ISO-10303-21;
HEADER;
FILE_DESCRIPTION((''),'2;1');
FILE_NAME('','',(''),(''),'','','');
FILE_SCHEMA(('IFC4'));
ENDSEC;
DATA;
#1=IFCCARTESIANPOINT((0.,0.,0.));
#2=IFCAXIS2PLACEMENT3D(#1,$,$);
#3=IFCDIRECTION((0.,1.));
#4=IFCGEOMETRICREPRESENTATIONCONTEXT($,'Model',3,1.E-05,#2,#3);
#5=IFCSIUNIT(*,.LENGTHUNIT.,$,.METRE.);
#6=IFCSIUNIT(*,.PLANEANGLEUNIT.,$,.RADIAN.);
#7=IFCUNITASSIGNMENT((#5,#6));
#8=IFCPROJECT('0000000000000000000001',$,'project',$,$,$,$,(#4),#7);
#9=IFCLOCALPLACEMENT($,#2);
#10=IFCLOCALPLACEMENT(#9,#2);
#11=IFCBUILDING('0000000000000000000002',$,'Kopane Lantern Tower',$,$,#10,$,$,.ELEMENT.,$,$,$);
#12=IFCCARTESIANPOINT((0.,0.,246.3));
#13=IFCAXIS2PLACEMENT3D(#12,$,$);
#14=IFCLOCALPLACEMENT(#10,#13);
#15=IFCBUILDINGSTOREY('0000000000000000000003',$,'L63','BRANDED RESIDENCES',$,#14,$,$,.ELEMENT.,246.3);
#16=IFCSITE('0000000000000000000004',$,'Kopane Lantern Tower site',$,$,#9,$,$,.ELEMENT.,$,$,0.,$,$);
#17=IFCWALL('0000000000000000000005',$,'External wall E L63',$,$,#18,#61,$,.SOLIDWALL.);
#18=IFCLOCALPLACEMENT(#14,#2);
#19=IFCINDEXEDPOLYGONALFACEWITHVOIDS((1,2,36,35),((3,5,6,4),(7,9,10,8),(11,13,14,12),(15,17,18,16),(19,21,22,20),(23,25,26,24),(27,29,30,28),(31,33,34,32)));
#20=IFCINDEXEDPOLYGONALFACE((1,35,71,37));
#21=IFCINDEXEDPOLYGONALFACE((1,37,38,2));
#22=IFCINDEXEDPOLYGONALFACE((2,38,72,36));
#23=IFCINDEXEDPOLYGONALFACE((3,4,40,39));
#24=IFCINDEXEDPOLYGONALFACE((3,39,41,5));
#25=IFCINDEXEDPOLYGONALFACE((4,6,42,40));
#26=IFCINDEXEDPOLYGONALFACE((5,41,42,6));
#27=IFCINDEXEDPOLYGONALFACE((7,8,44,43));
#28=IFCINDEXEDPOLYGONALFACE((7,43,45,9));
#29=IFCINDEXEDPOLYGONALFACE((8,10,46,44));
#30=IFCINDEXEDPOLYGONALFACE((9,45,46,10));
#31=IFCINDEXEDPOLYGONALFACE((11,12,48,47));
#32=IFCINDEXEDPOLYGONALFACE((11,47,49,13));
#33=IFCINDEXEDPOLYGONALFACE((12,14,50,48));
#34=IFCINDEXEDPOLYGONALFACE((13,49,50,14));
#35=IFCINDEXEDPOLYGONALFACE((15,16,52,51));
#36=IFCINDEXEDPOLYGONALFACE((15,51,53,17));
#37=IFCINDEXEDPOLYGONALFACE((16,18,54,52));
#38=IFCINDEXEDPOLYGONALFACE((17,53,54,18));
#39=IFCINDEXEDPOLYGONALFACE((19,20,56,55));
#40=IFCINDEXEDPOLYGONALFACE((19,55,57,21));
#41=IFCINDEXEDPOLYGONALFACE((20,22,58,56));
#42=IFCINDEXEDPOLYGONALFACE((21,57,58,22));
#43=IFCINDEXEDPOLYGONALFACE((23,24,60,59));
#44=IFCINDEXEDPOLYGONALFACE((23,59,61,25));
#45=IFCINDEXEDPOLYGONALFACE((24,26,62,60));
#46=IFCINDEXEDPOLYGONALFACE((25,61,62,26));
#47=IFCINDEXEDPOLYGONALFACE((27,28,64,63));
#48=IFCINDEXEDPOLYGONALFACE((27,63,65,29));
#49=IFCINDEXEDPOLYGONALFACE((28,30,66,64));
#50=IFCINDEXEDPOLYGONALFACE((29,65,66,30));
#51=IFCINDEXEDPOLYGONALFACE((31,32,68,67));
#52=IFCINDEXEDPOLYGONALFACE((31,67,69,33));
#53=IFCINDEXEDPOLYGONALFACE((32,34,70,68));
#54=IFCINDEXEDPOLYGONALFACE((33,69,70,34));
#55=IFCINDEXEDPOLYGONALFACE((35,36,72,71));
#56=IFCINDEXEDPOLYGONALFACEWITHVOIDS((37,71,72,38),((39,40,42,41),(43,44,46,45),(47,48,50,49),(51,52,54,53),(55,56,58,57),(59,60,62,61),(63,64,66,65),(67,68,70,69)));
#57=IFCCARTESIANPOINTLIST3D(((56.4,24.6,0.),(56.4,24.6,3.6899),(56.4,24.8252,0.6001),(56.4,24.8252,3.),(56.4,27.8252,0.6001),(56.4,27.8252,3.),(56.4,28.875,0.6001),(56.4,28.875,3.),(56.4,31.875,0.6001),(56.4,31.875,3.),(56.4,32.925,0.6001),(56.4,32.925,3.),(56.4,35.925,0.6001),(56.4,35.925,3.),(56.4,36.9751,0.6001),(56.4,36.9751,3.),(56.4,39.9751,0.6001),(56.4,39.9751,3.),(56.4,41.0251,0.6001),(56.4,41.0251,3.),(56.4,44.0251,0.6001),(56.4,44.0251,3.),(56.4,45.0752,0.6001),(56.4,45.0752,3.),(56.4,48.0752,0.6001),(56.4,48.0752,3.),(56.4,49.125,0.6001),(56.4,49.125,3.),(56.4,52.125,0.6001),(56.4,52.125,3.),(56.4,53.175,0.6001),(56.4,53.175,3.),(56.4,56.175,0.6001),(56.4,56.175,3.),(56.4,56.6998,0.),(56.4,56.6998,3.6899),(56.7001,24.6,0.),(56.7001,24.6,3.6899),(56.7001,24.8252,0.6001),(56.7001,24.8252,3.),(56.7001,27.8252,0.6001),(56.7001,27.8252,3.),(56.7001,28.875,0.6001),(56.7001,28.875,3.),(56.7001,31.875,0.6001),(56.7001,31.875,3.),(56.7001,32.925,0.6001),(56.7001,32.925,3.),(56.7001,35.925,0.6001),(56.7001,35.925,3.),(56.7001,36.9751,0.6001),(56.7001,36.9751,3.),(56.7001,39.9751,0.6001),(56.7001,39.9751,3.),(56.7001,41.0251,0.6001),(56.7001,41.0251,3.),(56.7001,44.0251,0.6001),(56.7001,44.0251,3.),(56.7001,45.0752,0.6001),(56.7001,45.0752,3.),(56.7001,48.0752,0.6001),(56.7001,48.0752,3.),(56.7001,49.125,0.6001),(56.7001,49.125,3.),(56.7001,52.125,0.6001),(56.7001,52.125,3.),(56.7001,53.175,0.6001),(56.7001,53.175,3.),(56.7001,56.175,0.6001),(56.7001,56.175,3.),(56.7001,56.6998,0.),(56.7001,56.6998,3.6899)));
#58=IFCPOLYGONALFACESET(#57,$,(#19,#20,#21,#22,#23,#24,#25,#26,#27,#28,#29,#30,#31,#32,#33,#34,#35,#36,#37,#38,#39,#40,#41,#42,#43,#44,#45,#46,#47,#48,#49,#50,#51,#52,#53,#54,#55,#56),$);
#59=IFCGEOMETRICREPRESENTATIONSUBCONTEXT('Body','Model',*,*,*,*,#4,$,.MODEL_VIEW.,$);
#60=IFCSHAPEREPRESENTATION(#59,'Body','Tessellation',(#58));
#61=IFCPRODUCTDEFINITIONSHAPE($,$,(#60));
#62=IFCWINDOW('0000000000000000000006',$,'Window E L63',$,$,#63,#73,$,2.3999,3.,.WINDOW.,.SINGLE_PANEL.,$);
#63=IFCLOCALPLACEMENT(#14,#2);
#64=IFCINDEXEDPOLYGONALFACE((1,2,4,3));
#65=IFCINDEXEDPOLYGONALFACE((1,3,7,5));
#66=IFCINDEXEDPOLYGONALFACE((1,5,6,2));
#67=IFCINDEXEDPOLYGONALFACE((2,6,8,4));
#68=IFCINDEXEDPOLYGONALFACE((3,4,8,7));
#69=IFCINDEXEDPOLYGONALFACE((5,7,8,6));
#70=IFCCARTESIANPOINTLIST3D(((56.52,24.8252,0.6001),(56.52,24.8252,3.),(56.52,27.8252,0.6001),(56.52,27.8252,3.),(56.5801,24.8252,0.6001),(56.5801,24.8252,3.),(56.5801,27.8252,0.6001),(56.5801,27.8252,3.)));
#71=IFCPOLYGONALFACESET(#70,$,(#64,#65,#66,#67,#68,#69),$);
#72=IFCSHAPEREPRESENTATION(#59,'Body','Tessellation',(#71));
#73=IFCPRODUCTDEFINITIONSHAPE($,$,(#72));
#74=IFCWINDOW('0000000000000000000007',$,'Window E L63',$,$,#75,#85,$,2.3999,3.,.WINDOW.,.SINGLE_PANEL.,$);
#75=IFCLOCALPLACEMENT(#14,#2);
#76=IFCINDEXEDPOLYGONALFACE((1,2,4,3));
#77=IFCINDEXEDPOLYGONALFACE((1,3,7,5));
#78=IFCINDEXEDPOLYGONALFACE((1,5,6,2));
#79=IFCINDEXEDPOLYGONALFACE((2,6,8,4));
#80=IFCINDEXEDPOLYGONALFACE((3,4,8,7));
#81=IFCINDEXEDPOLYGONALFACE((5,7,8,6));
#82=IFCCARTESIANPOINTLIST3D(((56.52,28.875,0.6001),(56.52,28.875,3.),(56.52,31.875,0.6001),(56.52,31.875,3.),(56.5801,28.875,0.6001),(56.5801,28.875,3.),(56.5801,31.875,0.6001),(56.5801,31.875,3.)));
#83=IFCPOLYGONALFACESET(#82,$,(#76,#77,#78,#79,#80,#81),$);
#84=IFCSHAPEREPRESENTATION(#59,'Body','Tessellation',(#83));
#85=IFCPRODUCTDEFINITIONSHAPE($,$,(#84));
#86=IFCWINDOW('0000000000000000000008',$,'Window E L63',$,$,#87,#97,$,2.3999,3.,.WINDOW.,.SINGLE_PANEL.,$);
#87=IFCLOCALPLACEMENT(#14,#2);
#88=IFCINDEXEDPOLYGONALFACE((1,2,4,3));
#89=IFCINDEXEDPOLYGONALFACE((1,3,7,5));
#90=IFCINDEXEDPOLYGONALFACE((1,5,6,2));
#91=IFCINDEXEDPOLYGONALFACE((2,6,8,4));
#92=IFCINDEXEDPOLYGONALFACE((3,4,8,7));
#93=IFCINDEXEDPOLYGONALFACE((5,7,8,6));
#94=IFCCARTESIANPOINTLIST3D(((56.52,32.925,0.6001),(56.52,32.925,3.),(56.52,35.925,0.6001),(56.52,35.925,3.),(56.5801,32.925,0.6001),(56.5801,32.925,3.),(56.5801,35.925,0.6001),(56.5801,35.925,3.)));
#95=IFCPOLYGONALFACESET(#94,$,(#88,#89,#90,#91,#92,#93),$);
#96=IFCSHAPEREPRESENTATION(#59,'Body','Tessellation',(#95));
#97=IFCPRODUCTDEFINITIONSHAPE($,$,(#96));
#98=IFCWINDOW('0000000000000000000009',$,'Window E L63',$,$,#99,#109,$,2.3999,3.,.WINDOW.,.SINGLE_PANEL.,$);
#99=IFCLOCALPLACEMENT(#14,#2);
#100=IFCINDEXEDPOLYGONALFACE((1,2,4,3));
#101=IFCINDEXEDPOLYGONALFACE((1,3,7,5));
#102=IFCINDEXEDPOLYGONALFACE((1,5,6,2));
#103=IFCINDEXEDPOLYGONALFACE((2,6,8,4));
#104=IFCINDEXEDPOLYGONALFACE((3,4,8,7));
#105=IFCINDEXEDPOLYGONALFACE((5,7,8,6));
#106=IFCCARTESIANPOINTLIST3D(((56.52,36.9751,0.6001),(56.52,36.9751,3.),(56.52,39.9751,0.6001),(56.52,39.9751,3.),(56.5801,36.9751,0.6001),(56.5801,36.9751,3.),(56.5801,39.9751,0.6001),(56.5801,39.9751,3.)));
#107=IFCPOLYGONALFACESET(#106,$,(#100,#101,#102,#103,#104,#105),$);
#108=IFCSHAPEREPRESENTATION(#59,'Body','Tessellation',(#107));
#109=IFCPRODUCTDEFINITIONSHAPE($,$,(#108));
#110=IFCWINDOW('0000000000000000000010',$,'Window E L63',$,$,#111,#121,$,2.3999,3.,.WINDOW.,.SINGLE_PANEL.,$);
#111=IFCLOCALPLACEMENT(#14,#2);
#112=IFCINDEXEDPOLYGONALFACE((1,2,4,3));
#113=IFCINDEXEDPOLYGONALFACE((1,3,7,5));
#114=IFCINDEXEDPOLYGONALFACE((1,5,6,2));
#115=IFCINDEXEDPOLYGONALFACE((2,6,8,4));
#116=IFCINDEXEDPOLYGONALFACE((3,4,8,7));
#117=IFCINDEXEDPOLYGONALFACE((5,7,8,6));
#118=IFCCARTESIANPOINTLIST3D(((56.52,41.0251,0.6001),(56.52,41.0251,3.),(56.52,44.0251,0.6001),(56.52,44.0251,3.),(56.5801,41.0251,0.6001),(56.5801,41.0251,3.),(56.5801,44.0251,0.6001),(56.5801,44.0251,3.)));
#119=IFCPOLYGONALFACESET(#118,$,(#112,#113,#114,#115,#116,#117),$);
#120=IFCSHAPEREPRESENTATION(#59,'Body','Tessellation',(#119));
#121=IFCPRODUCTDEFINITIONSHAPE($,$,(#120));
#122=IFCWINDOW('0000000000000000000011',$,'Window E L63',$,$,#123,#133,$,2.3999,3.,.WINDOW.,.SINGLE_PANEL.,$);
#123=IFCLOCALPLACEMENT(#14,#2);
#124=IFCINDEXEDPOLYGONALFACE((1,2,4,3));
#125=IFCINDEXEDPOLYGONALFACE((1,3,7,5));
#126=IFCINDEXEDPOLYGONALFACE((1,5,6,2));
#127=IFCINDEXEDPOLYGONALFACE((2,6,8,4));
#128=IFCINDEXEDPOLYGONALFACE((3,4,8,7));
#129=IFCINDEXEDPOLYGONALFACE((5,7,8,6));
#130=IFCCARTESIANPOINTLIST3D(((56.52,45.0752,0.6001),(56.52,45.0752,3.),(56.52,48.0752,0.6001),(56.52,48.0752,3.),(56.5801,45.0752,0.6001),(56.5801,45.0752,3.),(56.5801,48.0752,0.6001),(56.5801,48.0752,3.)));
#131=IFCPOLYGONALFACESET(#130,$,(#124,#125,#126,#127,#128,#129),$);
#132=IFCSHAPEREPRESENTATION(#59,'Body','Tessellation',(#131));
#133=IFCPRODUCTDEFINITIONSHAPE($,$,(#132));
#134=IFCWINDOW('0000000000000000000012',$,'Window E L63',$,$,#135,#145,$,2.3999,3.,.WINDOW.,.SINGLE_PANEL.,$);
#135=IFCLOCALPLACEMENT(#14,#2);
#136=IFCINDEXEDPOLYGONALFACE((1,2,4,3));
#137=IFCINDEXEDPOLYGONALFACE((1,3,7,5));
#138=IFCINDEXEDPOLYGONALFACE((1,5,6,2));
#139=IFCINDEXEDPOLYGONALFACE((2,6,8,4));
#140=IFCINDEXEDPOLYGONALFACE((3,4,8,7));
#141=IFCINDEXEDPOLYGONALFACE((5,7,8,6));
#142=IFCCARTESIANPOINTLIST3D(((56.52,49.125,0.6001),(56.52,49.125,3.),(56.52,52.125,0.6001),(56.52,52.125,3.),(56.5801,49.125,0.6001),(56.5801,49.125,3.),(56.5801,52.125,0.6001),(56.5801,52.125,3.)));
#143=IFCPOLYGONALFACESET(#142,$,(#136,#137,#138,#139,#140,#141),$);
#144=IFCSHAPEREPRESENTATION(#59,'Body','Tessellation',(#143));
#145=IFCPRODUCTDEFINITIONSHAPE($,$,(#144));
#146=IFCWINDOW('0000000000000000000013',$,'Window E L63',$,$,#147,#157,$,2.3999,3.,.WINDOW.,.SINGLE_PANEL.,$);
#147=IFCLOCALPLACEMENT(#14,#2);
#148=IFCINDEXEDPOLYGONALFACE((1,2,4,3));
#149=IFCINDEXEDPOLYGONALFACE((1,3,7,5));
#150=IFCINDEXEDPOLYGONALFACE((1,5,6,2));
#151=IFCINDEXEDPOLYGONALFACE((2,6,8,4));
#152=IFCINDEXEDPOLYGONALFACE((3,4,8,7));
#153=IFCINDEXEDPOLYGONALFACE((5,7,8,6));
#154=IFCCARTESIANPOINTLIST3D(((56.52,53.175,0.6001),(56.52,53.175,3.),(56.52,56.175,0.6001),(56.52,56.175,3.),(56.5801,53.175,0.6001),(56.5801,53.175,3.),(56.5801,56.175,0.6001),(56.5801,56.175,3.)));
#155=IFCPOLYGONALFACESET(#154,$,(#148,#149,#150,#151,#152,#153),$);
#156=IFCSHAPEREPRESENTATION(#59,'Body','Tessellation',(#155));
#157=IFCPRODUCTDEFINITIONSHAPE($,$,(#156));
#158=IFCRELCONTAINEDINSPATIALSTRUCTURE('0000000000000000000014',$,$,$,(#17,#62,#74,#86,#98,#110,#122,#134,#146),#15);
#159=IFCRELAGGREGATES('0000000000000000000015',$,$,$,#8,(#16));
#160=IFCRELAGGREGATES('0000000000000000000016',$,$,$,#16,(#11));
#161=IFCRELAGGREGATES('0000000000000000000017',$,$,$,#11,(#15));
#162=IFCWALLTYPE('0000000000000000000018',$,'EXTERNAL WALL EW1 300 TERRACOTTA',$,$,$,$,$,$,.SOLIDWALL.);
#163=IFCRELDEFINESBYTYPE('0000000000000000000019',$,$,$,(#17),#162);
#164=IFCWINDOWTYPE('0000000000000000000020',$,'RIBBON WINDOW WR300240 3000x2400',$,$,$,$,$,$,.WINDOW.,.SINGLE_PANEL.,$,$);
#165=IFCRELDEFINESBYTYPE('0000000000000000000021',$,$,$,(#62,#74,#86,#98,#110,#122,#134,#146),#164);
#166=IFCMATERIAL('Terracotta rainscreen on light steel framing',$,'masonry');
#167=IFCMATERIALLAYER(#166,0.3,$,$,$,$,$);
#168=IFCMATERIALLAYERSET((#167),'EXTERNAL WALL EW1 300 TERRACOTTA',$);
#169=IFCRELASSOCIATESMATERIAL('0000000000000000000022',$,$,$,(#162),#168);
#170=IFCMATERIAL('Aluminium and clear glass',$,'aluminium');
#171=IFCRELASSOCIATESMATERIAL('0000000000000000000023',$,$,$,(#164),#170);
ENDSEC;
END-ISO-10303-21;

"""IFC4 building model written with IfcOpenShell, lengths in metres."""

from ifc_helpers import new_model, si_unit, direction, frame, frame_2d, origin, place, context, subcontext, project, spatial, rectangle, extrude, material, layer, layer_set, type_object, element, fill, save


model = new_model("IFC4")

# Units and contexts
model_context = context("Model", 3, precision=1e-05, world=origin(), true_north=direction((0.0, 1.0)))
body_context = subcontext(model_context, "Body", "Model", "MODEL_VIEW")
ifc_project = project(units=[si_unit("LENGTHUNIT", "METRE"), si_unit("PLANEANGLEUNIT", "RADIAN")], contexts=[model_context])

# Site, building, storey
site_placement = place(None, origin())
site = spatial("IfcSite", under=ifc_project, at=site_placement, Name="Kopane Lantern Tower site", CompositionType="ELEMENT", RefElevation=0.0)
building_placement = place(site_placement, origin())
building = spatial("IfcBuilding", under=site, at=building_placement, Name="Kopane Lantern Tower", CompositionType="ELEMENT")
storey_placement = place(building_placement, frame((0.0, 0.0, 246.3)))
storey = spatial("IfcBuildingStorey", under=building, at=storey_placement, Name="L63", Description="BRANDED RESIDENCES", CompositionType="ELEMENT", Elevation=246.3)

# Shared definitions
ifc_material_1 = material(Name="Terracotta rainscreen on light steel framing", Category="masonry")
ifc_layer_1 = layer(ifc_material_1, 0.3)
ifc_layer_set_1 = layer_set([ifc_layer_1], Name="EXTERNAL WALL EW1 300 TERRACOTTA")
wall_type_1 = type_object("IfcWallType", Name="EXTERNAL WALL EW1 300 TERRACOTTA", PredefinedType="SOLIDWALL", material=ifc_layer_set_1)

# Wall, openings, windows
wall_1_placement = place(storey_placement, frame((56.55, 24.6001, 0.0), z_axis=(0.0, 0.0, 1.0), x_axis=(0.0, 1.0, 0.0)))
wall_1 = element("IfcWall", 1, at=wall_1_placement, inside=storey, type_object=wall_type_1, Name="External wall E L63", PredefinedType="SOLIDWALL", context=body_context, shape_type="SweptSolid", body=[
    extrude(rectangle(XDim=32.0999, YDim=0.3, at=frame_2d((16.0498, 0.0))), origin(), (0.0, 0.0, 1.0), 3.6899),
])
opening_1_placement = place(wall_1_placement, frame((0.2251, 0.0, 0.6001)))
opening_1 = element("IfcOpeningElement", 2, at=opening_1_placement, cuts=wall_1, PredefinedType="OPENING", context=body_context, shape_type="SweptSolid", body=[
    extrude(rectangle(XDim=3.0, YDim=2.3999, at=frame_2d((1.5, 1.2))), frame((0.0, 0.1599, 0.0), z_axis=(0.0, -1.0, 0.0), x_axis=(1.0, 0.0, 0.0)), (0.0, 0.0, 1.0), 0.3201),
])
opening_2_placement = place(wall_1_placement, frame((4.2749, 0.0, 0.6001)))
opening_2 = element("IfcOpeningElement", 3, at=opening_2_placement, cuts=wall_1, PredefinedType="OPENING", context=body_context, shape_type="SweptSolid", body=[
    extrude(rectangle(XDim=3.0, YDim=2.3999, at=frame_2d((1.5, 1.2))), frame((0.0, 0.1599, 0.0), z_axis=(0.0, -1.0, 0.0), x_axis=(1.0, 0.0, 0.0)), (0.0, 0.0, 1.0), 0.3201),
])
opening_3_placement = place(wall_1_placement, frame((8.325, 0.0, 0.6001)))
opening_3 = element("IfcOpeningElement", 4, at=opening_3_placement, cuts=wall_1, PredefinedType="OPENING", context=body_context, shape_type="SweptSolid", body=[
    extrude(rectangle(XDim=3.0, YDim=2.3999, at=frame_2d((1.5, 1.2))), frame((0.0, 0.1599, 0.0), z_axis=(0.0, -1.0, 0.0), x_axis=(1.0, 0.0, 0.0)), (0.0, 0.0, 1.0), 0.3201),
])
opening_4_placement = place(wall_1_placement, frame((12.375, 0.0, 0.6001)))
opening_4 = element("IfcOpeningElement", 5, at=opening_4_placement, cuts=wall_1, PredefinedType="OPENING", context=body_context, shape_type="SweptSolid", body=[
    extrude(rectangle(XDim=3.0, YDim=2.3999, at=frame_2d((1.5, 1.2))), frame((0.0, 0.1599, 0.0), z_axis=(0.0, -1.0, 0.0), x_axis=(1.0, 0.0, 0.0)), (0.0, 0.0, 1.0), 0.3201),
])
opening_5_placement = place(wall_1_placement, frame((16.425, 0.0, 0.6001)))
opening_5 = element("IfcOpeningElement", 6, at=opening_5_placement, cuts=wall_1, PredefinedType="OPENING", context=body_context, shape_type="SweptSolid", body=[
    extrude(rectangle(XDim=3.0, YDim=2.3999, at=frame_2d((1.5, 1.2))), frame((0.0, 0.1599, 0.0), z_axis=(0.0, -1.0, 0.0), x_axis=(1.0, 0.0, 0.0)), (0.0, 0.0, 1.0), 0.3201),
])
opening_6_placement = place(wall_1_placement, frame((20.4751, 0.0, 0.6001)))
opening_6 = element("IfcOpeningElement", 7, at=opening_6_placement, cuts=wall_1, PredefinedType="OPENING", context=body_context, shape_type="SweptSolid", body=[
    extrude(rectangle(XDim=3.0, YDim=2.3999, at=frame_2d((1.5, 1.2))), frame((0.0, 0.1599, 0.0), z_axis=(0.0, -1.0, 0.0), x_axis=(1.0, 0.0, 0.0)), (0.0, 0.0, 1.0), 0.3201),
])
opening_7_placement = place(wall_1_placement, frame((24.5249, 0.0, 0.6001)))
opening_7 = element("IfcOpeningElement", 8, at=opening_7_placement, cuts=wall_1, PredefinedType="OPENING", context=body_context, shape_type="SweptSolid", body=[
    extrude(rectangle(XDim=3.0, YDim=2.3999, at=frame_2d((1.5, 1.2))), frame((0.0, 0.1599, 0.0), z_axis=(0.0, -1.0, 0.0), x_axis=(1.0, 0.0, 0.0)), (0.0, 0.0, 1.0), 0.3201),
])
opening_8_placement = place(wall_1_placement, frame((28.575, 0.0, 0.6001)))
opening_8 = element("IfcOpeningElement", 9, at=opening_8_placement, cuts=wall_1, PredefinedType="OPENING", context=body_context, shape_type="SweptSolid", body=[
    extrude(rectangle(XDim=3.0, YDim=2.3999, at=frame_2d((1.5, 1.2))), frame((0.0, 0.1599, 0.0), z_axis=(0.0, -1.0, 0.0), x_axis=(1.0, 0.0, 0.0)), (0.0, 0.0, 1.0), 0.3201),
])
ifc_material_2 = material(Name="Aluminium and clear glass", Category="aluminium")
window_type_1 = type_object("IfcWindowType", Name="RIBBON WINDOW WR300240 3000x2400", PartitioningType="SINGLE_PANEL", PredefinedType="WINDOW", material=ifc_material_2)
window_1_placement = place(opening_1_placement, origin())
window_1 = element("IfcWindow", 10, at=window_1_placement, inside=storey, type_object=window_type_1, Name="Window E L63", OverallHeight=2.3999, OverallWidth=3.0, PartitioningType="SINGLE_PANEL", PredefinedType="WINDOW", context=body_context, shape_type="SweptSolid", body=[
    extrude(rectangle(XDim=3.0, YDim=2.3999, at=frame_2d((1.5, 1.2))), frame((0.0, 0.03, 0.0), z_axis=(0.0, -1.0, 0.0), x_axis=(1.0, 0.0, 0.0)), (0.0, 0.0, 1.0), 0.0601),
])
fill(opening_1, window_1)
window_2_placement = place(opening_2_placement, origin())
window_2 = element("IfcWindow", 11, at=window_2_placement, inside=storey, type_object=window_type_1, Name="Window E L63", OverallHeight=2.3999, OverallWidth=3.0, PartitioningType="SINGLE_PANEL", PredefinedType="WINDOW", context=body_context, shape_type="SweptSolid", body=[
    extrude(rectangle(XDim=3.0, YDim=2.3999, at=frame_2d((1.5, 1.2))), frame((0.0, 0.03, 0.0), z_axis=(0.0, -1.0, 0.0), x_axis=(1.0, 0.0, 0.0)), (0.0, 0.0, 1.0), 0.0601),
])
fill(opening_2, window_2)
window_3_placement = place(opening_3_placement, origin())
window_3 = element("IfcWindow", 12, at=window_3_placement, inside=storey, type_object=window_type_1, Name="Window E L63", OverallHeight=2.3999, OverallWidth=3.0, PartitioningType="SINGLE_PANEL", PredefinedType="WINDOW", context=body_context, shape_type="SweptSolid", body=[
    extrude(rectangle(XDim=3.0, YDim=2.3999, at=frame_2d((1.5, 1.2))), frame((0.0, 0.03, 0.0), z_axis=(0.0, -1.0, 0.0), x_axis=(1.0, 0.0, 0.0)), (0.0, 0.0, 1.0), 0.0601),
])
fill(opening_3, window_3)
window_4_placement = place(opening_4_placement, origin())
window_4 = element("IfcWindow", 13, at=window_4_placement, inside=storey, type_object=window_type_1, Name="Window E L63", OverallHeight=2.3999, OverallWidth=3.0, PartitioningType="SINGLE_PANEL", PredefinedType="WINDOW", context=body_context, shape_type="SweptSolid", body=[
    extrude(rectangle(XDim=3.0, YDim=2.3999, at=frame_2d((1.5, 1.2))), frame((0.0, 0.03, 0.0), z_axis=(0.0, -1.0, 0.0), x_axis=(1.0, 0.0, 0.0)), (0.0, 0.0, 1.0), 0.0601),
])
fill(opening_4, window_4)
window_5_placement = place(opening_5_placement, origin())
window_5 = element("IfcWindow", 14, at=window_5_placement, inside=storey, type_object=window_type_1, Name="Window E L63", OverallHeight=2.3999, OverallWidth=3.0, PartitioningType="SINGLE_PANEL", PredefinedType="WINDOW", context=body_context, shape_type="SweptSolid", body=[
    extrude(rectangle(XDim=3.0, YDim=2.3999, at=frame_2d((1.5, 1.2))), frame((0.0, 0.03, 0.0), z_axis=(0.0, -1.0, 0.0), x_axis=(1.0, 0.0, 0.0)), (0.0, 0.0, 1.0), 0.0601),
])
fill(opening_5, window_5)
window_6_placement = place(opening_6_placement, origin())
window_6 = element("IfcWindow", 15, at=window_6_placement, inside=storey, type_object=window_type_1, Name="Window E L63", OverallHeight=2.3999, OverallWidth=3.0, PartitioningType="SINGLE_PANEL", PredefinedType="WINDOW", context=body_context, shape_type="SweptSolid", body=[
    extrude(rectangle(XDim=3.0, YDim=2.3999, at=frame_2d((1.5, 1.2))), frame((0.0, 0.03, 0.0), z_axis=(0.0, -1.0, 0.0), x_axis=(1.0, 0.0, 0.0)), (0.0, 0.0, 1.0), 0.0601),
])
fill(opening_6, window_6)
window_7_placement = place(opening_7_placement, origin())
window_7 = element("IfcWindow", 16, at=window_7_placement, inside=storey, type_object=window_type_1, Name="Window E L63", OverallHeight=2.3999, OverallWidth=3.0, PartitioningType="SINGLE_PANEL", PredefinedType="WINDOW", context=body_context, shape_type="SweptSolid", body=[
    extrude(rectangle(XDim=3.0, YDim=2.3999, at=frame_2d((1.5, 1.2))), frame((0.0, 0.03, 0.0), z_axis=(0.0, -1.0, 0.0), x_axis=(1.0, 0.0, 0.0)), (0.0, 0.0, 1.0), 0.0601),
])
fill(opening_7, window_7)
window_8_placement = place(opening_8_placement, origin())
window_8 = element("IfcWindow", 17, at=window_8_placement, inside=storey, type_object=window_type_1, Name="Window E L63", OverallHeight=2.3999, OverallWidth=3.0, PartitioningType="SINGLE_PANEL", PredefinedType="WINDOW", context=body_context, shape_type="SweptSolid", body=[
    extrude(rectangle(XDim=3.0, YDim=2.3999, at=frame_2d((1.5, 1.2))), frame((0.0, 0.03, 0.0), z_axis=(0.0, -1.0, 0.0), x_axis=(1.0, 0.0, 0.0)), (0.0, 0.0, 1.0), 0.0601),
])
fill(opening_8, window_8)

save(model, "model.ifc")
